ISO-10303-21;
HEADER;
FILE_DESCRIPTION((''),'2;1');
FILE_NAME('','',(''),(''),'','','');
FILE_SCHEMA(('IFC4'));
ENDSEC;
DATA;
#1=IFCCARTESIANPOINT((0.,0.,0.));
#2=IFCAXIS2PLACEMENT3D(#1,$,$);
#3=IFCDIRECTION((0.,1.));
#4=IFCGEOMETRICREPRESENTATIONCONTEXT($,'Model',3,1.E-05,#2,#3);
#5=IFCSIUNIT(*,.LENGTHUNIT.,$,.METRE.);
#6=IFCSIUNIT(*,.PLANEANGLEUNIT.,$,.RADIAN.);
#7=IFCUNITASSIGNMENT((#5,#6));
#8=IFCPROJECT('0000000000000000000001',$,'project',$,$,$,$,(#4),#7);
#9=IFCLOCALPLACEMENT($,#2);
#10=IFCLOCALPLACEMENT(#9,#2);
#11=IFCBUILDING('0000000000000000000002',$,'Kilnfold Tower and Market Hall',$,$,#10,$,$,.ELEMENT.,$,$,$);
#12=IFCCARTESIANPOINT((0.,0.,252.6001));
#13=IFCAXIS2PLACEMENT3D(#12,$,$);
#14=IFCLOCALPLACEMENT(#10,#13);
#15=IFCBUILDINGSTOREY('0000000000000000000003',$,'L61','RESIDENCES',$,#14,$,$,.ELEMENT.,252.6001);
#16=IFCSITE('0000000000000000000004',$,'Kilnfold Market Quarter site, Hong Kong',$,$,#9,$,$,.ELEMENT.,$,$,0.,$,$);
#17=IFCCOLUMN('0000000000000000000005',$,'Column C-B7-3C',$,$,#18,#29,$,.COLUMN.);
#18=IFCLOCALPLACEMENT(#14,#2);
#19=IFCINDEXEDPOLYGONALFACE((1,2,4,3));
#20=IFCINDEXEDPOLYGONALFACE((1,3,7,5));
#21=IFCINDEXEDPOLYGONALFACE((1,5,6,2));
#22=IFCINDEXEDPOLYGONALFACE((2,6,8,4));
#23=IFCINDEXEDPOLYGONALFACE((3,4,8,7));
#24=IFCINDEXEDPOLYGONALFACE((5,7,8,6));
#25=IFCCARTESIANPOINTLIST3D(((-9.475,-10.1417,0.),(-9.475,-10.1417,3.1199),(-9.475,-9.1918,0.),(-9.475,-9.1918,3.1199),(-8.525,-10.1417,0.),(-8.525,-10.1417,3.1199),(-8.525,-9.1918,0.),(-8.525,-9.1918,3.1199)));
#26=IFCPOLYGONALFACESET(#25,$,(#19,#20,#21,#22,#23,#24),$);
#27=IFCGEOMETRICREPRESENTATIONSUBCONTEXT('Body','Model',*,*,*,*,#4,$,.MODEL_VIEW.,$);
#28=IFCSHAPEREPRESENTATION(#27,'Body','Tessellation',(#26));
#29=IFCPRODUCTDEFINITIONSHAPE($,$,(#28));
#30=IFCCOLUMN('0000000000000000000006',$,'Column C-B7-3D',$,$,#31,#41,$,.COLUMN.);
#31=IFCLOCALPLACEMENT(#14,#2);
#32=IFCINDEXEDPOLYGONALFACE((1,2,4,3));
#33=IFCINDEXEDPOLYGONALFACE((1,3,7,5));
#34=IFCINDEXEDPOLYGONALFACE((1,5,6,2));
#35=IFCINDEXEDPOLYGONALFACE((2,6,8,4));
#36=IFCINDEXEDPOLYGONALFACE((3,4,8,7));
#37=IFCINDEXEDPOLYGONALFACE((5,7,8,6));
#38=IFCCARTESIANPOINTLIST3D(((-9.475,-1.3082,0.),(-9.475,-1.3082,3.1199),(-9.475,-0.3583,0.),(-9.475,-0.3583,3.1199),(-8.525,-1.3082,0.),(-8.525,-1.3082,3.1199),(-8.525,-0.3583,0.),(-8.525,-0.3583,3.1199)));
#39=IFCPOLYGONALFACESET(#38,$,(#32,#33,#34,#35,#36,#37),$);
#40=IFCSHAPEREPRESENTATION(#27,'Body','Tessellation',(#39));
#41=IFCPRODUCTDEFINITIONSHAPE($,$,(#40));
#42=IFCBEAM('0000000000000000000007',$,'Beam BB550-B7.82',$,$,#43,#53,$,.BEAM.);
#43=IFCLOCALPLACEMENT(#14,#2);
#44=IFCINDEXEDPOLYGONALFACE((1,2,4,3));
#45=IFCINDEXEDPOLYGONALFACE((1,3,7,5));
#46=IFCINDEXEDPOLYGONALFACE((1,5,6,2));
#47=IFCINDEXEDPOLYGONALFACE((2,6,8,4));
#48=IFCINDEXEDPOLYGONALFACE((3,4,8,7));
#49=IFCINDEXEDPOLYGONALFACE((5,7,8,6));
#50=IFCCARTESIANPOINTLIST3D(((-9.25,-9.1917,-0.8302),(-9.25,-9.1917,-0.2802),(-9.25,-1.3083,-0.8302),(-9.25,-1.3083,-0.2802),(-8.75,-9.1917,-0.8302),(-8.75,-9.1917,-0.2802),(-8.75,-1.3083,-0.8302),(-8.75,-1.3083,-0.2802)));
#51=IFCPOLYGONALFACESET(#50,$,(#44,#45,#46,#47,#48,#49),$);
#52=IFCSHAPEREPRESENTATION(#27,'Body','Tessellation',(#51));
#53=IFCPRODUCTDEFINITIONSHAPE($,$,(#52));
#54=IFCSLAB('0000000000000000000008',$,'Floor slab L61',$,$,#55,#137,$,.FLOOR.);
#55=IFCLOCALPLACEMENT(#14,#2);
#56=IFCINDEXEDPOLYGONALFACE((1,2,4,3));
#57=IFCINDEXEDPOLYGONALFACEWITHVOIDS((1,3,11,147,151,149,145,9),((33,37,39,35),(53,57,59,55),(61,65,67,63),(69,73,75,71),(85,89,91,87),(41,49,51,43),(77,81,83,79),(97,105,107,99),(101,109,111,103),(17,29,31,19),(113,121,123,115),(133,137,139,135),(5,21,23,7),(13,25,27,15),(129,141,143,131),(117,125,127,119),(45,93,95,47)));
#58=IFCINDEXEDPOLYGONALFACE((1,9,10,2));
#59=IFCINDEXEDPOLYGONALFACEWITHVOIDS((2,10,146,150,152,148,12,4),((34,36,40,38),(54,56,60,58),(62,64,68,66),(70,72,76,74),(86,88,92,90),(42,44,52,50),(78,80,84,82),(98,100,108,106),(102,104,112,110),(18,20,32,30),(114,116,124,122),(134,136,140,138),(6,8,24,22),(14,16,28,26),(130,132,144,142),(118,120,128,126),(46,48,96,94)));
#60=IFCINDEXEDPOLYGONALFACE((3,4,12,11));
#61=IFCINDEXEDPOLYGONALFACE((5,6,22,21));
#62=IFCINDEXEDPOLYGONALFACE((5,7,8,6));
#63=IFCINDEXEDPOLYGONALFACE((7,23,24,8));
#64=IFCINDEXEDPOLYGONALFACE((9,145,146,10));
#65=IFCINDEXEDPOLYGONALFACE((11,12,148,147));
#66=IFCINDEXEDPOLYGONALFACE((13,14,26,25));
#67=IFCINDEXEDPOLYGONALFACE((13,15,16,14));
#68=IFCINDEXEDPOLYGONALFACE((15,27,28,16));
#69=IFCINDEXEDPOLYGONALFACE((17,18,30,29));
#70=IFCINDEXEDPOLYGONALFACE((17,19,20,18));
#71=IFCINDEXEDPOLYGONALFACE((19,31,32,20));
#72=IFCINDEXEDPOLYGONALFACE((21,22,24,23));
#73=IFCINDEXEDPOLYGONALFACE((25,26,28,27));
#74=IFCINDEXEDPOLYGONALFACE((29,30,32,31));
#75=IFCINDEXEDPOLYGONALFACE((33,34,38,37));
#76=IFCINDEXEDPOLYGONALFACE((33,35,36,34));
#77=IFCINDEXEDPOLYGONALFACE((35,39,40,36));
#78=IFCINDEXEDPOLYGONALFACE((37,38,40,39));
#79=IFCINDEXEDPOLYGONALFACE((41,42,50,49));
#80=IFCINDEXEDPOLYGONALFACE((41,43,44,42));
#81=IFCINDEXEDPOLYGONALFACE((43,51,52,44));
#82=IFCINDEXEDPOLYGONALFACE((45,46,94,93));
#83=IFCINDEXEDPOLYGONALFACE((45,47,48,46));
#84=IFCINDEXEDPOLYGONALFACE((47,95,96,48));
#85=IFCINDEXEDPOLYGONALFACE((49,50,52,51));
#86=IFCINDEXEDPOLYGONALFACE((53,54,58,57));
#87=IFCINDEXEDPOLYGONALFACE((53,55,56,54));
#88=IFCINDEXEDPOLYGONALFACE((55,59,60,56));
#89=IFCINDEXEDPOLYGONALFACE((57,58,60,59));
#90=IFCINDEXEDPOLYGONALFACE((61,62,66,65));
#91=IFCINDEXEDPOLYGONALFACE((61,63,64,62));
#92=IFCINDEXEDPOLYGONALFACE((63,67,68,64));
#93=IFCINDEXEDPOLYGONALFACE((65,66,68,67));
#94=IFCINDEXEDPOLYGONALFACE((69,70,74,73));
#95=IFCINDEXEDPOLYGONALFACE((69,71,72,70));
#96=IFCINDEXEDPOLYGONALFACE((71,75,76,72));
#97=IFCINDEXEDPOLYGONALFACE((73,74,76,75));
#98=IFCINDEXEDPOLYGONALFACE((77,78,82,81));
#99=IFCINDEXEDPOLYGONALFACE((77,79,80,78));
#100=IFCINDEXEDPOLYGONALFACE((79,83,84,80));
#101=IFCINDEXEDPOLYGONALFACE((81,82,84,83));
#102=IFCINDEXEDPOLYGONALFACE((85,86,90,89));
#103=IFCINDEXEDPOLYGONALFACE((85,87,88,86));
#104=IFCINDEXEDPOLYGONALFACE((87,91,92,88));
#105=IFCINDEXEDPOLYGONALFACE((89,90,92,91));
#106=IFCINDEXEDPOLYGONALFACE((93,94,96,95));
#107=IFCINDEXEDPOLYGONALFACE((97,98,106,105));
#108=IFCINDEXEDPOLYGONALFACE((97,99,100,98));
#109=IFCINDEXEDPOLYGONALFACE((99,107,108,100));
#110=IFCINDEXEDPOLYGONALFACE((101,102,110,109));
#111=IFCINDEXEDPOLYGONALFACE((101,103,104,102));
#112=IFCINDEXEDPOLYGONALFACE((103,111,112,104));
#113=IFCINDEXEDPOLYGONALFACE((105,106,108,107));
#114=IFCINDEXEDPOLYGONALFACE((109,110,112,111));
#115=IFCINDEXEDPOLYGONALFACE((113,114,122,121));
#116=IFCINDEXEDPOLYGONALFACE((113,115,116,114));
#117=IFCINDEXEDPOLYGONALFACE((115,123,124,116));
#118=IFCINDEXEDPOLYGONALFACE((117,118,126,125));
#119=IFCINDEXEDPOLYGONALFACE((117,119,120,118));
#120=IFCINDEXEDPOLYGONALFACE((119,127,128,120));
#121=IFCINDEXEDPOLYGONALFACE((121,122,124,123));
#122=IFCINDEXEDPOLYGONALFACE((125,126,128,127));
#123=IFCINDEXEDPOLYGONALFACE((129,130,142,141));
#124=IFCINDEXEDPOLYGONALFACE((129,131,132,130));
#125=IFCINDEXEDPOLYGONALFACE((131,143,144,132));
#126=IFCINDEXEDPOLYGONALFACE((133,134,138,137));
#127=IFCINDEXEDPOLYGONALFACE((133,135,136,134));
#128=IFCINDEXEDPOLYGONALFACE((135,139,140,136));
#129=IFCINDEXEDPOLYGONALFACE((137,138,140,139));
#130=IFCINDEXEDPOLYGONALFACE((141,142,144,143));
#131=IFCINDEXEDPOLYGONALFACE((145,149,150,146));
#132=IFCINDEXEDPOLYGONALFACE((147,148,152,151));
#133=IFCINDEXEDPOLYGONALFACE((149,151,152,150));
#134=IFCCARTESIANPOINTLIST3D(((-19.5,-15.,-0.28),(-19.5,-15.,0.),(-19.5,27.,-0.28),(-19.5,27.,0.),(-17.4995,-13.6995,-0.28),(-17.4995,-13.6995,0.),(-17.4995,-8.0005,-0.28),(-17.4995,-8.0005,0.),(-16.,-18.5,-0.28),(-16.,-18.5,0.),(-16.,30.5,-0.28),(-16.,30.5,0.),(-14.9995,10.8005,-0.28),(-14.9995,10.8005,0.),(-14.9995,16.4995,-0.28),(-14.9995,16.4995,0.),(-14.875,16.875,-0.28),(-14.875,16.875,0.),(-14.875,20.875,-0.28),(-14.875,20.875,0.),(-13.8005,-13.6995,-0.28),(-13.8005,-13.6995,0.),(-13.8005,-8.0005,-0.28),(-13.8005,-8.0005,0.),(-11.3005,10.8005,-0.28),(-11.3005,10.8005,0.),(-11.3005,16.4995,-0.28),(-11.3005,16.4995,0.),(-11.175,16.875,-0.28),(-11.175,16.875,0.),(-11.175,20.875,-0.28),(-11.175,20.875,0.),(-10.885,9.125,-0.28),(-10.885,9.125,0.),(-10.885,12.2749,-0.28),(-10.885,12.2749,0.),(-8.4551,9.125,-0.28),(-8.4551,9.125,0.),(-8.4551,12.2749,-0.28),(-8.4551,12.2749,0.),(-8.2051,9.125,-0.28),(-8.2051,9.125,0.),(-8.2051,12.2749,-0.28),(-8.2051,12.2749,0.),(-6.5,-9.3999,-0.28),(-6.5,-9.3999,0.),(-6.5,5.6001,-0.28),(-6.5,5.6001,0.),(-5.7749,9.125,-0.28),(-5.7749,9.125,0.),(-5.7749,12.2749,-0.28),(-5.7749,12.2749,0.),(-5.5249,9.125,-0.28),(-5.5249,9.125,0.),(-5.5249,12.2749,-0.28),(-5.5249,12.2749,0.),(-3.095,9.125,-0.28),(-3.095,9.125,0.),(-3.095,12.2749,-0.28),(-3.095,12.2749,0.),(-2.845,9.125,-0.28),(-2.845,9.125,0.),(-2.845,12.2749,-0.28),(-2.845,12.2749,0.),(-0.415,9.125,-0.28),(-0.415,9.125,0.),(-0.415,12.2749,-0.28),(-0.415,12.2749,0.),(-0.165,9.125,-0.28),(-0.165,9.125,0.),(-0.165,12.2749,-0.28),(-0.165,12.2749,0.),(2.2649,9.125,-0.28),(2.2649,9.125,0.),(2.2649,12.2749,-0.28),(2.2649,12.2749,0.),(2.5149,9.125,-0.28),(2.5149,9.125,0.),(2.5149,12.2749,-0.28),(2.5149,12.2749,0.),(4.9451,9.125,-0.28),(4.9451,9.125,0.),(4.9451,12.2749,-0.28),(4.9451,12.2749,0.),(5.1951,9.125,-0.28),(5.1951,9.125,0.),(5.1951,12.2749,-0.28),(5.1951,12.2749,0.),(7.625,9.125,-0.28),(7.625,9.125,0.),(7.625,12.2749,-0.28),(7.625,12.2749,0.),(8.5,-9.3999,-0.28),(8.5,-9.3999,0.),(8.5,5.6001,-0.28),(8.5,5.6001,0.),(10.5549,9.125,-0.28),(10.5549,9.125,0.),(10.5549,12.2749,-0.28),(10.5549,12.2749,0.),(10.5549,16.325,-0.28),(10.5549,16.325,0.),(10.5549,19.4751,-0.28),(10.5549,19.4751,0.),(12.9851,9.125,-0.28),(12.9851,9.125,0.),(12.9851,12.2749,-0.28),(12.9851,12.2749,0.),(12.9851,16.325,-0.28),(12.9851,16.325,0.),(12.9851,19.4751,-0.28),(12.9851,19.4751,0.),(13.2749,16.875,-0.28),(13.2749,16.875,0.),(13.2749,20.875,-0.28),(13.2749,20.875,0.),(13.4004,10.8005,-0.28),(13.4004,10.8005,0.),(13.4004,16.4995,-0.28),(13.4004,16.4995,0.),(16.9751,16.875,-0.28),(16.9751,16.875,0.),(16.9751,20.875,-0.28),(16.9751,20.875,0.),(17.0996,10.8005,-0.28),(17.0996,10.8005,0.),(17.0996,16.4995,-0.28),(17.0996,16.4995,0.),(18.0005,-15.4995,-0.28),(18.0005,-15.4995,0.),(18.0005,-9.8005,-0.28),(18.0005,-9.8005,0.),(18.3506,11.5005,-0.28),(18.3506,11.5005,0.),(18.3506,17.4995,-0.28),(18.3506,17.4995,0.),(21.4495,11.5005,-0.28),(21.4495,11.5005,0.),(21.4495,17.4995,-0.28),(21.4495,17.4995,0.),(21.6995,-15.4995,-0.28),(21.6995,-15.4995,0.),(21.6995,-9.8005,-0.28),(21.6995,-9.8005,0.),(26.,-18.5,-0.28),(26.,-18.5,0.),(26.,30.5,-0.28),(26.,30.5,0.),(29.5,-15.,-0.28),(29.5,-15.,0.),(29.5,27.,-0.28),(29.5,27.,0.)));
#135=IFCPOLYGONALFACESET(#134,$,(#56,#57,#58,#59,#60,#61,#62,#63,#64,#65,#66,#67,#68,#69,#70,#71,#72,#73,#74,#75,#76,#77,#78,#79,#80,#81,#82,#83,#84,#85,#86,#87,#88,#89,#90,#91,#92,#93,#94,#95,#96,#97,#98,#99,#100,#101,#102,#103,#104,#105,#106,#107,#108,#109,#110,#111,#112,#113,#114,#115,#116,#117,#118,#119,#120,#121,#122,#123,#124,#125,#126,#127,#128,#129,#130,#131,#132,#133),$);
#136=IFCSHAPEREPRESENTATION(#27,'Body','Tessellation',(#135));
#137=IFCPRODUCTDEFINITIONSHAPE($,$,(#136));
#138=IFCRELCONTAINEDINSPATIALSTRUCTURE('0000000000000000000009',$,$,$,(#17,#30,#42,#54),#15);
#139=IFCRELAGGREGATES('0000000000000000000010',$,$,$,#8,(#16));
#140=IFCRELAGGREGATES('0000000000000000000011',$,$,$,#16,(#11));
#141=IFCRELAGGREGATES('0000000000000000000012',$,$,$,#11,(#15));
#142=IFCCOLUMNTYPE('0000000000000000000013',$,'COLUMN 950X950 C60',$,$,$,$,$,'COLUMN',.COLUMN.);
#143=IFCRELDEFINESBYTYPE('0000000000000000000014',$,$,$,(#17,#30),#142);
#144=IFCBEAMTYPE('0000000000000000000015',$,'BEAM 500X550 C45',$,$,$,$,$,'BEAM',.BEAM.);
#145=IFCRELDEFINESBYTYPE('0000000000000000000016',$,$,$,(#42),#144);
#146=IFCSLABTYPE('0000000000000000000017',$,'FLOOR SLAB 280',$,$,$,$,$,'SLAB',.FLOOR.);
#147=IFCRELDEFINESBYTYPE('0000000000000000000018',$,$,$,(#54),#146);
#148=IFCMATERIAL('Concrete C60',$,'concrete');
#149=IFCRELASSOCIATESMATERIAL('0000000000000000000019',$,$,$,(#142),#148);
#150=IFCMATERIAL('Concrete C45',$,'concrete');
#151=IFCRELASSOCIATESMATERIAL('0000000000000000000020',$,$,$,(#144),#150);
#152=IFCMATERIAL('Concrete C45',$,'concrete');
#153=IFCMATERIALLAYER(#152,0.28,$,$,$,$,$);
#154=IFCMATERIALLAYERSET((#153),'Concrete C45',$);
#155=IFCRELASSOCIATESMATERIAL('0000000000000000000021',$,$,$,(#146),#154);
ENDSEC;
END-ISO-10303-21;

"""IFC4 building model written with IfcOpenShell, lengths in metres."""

from ifc_helpers import new_model, si_unit, direction, frame, origin, origin_2d, place, context, subcontext, project, spatial, polyline, rectangle, outline, extrude, source, transform, mapped, material, layer, layer_set, material_profile, profile_set, type_object, element, save


model = new_model("IFC4")

# Units and contexts
model_context = context("Model", 3, precision=1e-05, world=origin(), true_north=direction((0.0, 1.0)))
body_context = subcontext(model_context, "Body", "Model", "MODEL_VIEW")
ifc_project = project(units=[si_unit("LENGTHUNIT", "METRE"), si_unit("PLANEANGLEUNIT", "RADIAN")], contexts=[model_context])

# Site, building, storey
site_placement = place(None, origin())
site = spatial("IfcSite", under=ifc_project, at=site_placement, Name="Kilnfold Market Quarter site, Hong Kong", CompositionType="ELEMENT", RefElevation=0.0)
building_placement = place(site_placement, origin())
building = spatial("IfcBuilding", under=site, at=building_placement, Name="Kilnfold Tower and Market Hall", CompositionType="ELEMENT")
storey_placement = place(building_placement, frame((0.0, 0.0, 252.6001)))
storey = spatial("IfcBuildingStorey", under=building, at=storey_placement, Name="L61", Description="RESIDENCES", CompositionType="ELEMENT", Elevation=252.6001)

# Columns
ifc_material_1 = material(Name="Concrete C60", Category="concrete")
ifc_material_profile_1 = material_profile(ifc_material_1, rectangle(XDim=0.95, YDim=0.95, at=origin_2d()), Name="RC 950x950")
ifc_profile_set_1 = profile_set([ifc_material_profile_1], Name="Concrete C60")
column_type = type_object("IfcColumnType", Name="COLUMN 950X950 C60", ElementType="COLUMN", PredefinedType="COLUMN", material=ifc_profile_set_1)
shared_shape_1 = source(origin(), body_context, "Body", "SweptSolid", [
    extrude(rectangle(XDim=0.95, YDim=0.95, at=origin_2d()), origin(), (0.0, 0.0, 1.0), 3.1199),
])
for number, where, z_axis, x_axis, name in (
    (1, (-9.0, -9.6667, 0.0), (0.0, 0.0, 1.0), (1.0, 0.0, 0.0), "Column C-B7-3C"),
    (2, (-9.0, -0.8333, 0.0), (0.0, 0.0, 1.0), (1.0, 0.0, 0.0), "Column C-B7-3D"),
):
    element("IfcColumn", number, at=place(storey_placement, frame(where, z_axis=z_axis, x_axis=x_axis)), inside=storey, type_object=column_type, Name=name, PredefinedType="COLUMN", context=body_context, shape_type="MappedRepresentation", body=[
        mapped(shared_shape_1, transform((0.0, 0.0, 0.0))),
    ])

# Beam
ifc_material_2 = material(Name="Concrete C45", Category="concrete")
ifc_material_profile_2 = material_profile(ifc_material_2, rectangle(XDim=0.5, YDim=0.55, at=origin_2d()), Name="RC 500x550")
ifc_profile_set_2 = profile_set([ifc_material_profile_2], Name="Concrete C45")
beam_type = type_object("IfcBeamType", Name="BEAM 500X550 C45", ElementType="BEAM", PredefinedType="BEAM", material=ifc_profile_set_2)
shared_shape_2 = source(origin(), body_context, "Body", "SweptSolid", [
    extrude(rectangle(XDim=0.5, YDim=0.55, at=origin_2d()), origin(), (0.0, 0.0, 1.0), 7.8833),
])
beam_placement = place(storey_placement, frame((-9.0, -9.1917, -0.5552), z_axis=(0.0, 1.0, 0.0), x_axis=(-1.0, 0.0, 0.0)))
element("IfcBeam", 3, at=beam_placement, inside=storey, type_object=beam_type, Name="Beam BB550-B7.82", PredefinedType="BEAM", context=body_context, shape_type="MappedRepresentation", body=[
    mapped(shared_shape_2, transform((0.0, 0.0, 0.0))),
])

# Slab
ifc_material_3 = material(Name="Concrete C45", Category="concrete")
ifc_layer_1 = layer(ifc_material_3, 0.28)
ifc_layer_set_1 = layer_set([ifc_layer_1], Name="Concrete C45")
slab_type_1 = type_object("IfcSlabType", Name="FLOOR SLAB 280", ElementType="SLAB", PredefinedType="FLOOR", material=ifc_layer_set_1)
shared_shape_3 = source(origin(), body_context, "Body", "SweptSolid", [
    extrude(outline(polyline([(-16.0, -18.5), (26.0, -18.5), (29.5, -15.0), (29.5, 27.0), (26.0, 30.5), (-16.0, 30.5), (-19.5, 27.0), (-19.5, -15.0), (-16.0, -18.5)]), holes=[polyline([(-13.8005, -13.6995), (-17.4995, -13.6995), (-17.4995, -8.0005), (-13.8005, -8.0005), (-13.8005, -13.6995)]), polyline([(-11.3005, 10.8005), (-14.9995, 10.8005), (-14.9995, 16.4995), (-11.3005, 16.4995), (-11.3005, 10.8005)]), polyline([(-11.175, 16.875), (-14.875, 16.875), (-14.875, 20.875), (-11.175, 20.875), (-11.175, 16.875)]), polyline([(-8.4551, 9.125), (-10.885, 9.125), (-10.885, 12.2749), (-8.4551, 12.2749), (-8.4551, 9.125)]), polyline([(-5.7749, 9.125), (-8.2051, 9.125), (-8.2051, 12.2749), (-5.7749, 12.2749), (-5.7749, 9.125)]), polyline([(8.5, -9.3999), (-6.5, -9.3999), (-6.5, 5.6001), (8.5, 5.6001), (8.5, -9.3999)]), polyline([(-3.095, 9.125), (-5.5249, 9.125), (-5.5249, 12.2749), (-3.095, 12.2749), (-3.095, 9.125)]), polyline([(-0.415, 9.125), (-2.845, 9.125), (-2.845, 12.2749), (-0.415, 12.2749), (-0.415, 9.125)]), polyline([(2.2649, 9.125), (-0.165, 9.125), (-0.165, 12.2749), (2.2649, 12.2749), (2.2649, 9.125)]), polyline([(4.9451, 9.125), (2.5149, 9.125), (2.5149, 12.2749), (4.9451, 12.2749), (4.9451, 9.125)]), polyline([(7.625, 9.125), (5.1951, 9.125), (5.1951, 12.2749), (7.625, 12.2749), (7.625, 9.125)]), polyline([(12.9851, 9.125), (10.5549, 9.125), (10.5549, 12.2749), (12.9851, 12.2749), (12.9851, 9.125)]), polyline([(10.5549, 16.325), (10.5549, 19.4751), (12.9851, 19.4751), (12.9851, 16.325), (10.5549, 16.325)]), polyline([(13.2749, 16.875), (13.2749, 20.875), (16.9751, 20.875), (16.9751, 16.875), (13.2749, 16.875)]), polyline([(17.0996, 10.8005), (13.4004, 10.8005), (13.4004, 16.4995), (17.0996, 16.4995), (17.0996, 10.8005)]), polyline([(18.0005, -9.8005), (21.6995, -9.8005), (21.6995, -15.4995), (18.0005, -15.4995), (18.0005, -9.8005)]), polyline([(21.4495, 11.5005), (18.3506, 11.5005), (18.3506, 17.4995), (21.4495, 17.4995), (21.4495, 11.5005)])]), origin(), (0.0, 0.0, 1.0), 0.28),
])
slab_1_placement = place(storey_placement, frame((0.0, 0.0, -0.28)))
element("IfcSlab", 4, at=slab_1_placement, inside=storey, type_object=slab_type_1, Name="Floor slab L61", PredefinedType="FLOOR", context=body_context, shape_type="MappedRepresentation", body=[
    mapped(shared_shape_3, transform((0.0, 0.0, 0.0))),
])

save(model, "model.ifc")
